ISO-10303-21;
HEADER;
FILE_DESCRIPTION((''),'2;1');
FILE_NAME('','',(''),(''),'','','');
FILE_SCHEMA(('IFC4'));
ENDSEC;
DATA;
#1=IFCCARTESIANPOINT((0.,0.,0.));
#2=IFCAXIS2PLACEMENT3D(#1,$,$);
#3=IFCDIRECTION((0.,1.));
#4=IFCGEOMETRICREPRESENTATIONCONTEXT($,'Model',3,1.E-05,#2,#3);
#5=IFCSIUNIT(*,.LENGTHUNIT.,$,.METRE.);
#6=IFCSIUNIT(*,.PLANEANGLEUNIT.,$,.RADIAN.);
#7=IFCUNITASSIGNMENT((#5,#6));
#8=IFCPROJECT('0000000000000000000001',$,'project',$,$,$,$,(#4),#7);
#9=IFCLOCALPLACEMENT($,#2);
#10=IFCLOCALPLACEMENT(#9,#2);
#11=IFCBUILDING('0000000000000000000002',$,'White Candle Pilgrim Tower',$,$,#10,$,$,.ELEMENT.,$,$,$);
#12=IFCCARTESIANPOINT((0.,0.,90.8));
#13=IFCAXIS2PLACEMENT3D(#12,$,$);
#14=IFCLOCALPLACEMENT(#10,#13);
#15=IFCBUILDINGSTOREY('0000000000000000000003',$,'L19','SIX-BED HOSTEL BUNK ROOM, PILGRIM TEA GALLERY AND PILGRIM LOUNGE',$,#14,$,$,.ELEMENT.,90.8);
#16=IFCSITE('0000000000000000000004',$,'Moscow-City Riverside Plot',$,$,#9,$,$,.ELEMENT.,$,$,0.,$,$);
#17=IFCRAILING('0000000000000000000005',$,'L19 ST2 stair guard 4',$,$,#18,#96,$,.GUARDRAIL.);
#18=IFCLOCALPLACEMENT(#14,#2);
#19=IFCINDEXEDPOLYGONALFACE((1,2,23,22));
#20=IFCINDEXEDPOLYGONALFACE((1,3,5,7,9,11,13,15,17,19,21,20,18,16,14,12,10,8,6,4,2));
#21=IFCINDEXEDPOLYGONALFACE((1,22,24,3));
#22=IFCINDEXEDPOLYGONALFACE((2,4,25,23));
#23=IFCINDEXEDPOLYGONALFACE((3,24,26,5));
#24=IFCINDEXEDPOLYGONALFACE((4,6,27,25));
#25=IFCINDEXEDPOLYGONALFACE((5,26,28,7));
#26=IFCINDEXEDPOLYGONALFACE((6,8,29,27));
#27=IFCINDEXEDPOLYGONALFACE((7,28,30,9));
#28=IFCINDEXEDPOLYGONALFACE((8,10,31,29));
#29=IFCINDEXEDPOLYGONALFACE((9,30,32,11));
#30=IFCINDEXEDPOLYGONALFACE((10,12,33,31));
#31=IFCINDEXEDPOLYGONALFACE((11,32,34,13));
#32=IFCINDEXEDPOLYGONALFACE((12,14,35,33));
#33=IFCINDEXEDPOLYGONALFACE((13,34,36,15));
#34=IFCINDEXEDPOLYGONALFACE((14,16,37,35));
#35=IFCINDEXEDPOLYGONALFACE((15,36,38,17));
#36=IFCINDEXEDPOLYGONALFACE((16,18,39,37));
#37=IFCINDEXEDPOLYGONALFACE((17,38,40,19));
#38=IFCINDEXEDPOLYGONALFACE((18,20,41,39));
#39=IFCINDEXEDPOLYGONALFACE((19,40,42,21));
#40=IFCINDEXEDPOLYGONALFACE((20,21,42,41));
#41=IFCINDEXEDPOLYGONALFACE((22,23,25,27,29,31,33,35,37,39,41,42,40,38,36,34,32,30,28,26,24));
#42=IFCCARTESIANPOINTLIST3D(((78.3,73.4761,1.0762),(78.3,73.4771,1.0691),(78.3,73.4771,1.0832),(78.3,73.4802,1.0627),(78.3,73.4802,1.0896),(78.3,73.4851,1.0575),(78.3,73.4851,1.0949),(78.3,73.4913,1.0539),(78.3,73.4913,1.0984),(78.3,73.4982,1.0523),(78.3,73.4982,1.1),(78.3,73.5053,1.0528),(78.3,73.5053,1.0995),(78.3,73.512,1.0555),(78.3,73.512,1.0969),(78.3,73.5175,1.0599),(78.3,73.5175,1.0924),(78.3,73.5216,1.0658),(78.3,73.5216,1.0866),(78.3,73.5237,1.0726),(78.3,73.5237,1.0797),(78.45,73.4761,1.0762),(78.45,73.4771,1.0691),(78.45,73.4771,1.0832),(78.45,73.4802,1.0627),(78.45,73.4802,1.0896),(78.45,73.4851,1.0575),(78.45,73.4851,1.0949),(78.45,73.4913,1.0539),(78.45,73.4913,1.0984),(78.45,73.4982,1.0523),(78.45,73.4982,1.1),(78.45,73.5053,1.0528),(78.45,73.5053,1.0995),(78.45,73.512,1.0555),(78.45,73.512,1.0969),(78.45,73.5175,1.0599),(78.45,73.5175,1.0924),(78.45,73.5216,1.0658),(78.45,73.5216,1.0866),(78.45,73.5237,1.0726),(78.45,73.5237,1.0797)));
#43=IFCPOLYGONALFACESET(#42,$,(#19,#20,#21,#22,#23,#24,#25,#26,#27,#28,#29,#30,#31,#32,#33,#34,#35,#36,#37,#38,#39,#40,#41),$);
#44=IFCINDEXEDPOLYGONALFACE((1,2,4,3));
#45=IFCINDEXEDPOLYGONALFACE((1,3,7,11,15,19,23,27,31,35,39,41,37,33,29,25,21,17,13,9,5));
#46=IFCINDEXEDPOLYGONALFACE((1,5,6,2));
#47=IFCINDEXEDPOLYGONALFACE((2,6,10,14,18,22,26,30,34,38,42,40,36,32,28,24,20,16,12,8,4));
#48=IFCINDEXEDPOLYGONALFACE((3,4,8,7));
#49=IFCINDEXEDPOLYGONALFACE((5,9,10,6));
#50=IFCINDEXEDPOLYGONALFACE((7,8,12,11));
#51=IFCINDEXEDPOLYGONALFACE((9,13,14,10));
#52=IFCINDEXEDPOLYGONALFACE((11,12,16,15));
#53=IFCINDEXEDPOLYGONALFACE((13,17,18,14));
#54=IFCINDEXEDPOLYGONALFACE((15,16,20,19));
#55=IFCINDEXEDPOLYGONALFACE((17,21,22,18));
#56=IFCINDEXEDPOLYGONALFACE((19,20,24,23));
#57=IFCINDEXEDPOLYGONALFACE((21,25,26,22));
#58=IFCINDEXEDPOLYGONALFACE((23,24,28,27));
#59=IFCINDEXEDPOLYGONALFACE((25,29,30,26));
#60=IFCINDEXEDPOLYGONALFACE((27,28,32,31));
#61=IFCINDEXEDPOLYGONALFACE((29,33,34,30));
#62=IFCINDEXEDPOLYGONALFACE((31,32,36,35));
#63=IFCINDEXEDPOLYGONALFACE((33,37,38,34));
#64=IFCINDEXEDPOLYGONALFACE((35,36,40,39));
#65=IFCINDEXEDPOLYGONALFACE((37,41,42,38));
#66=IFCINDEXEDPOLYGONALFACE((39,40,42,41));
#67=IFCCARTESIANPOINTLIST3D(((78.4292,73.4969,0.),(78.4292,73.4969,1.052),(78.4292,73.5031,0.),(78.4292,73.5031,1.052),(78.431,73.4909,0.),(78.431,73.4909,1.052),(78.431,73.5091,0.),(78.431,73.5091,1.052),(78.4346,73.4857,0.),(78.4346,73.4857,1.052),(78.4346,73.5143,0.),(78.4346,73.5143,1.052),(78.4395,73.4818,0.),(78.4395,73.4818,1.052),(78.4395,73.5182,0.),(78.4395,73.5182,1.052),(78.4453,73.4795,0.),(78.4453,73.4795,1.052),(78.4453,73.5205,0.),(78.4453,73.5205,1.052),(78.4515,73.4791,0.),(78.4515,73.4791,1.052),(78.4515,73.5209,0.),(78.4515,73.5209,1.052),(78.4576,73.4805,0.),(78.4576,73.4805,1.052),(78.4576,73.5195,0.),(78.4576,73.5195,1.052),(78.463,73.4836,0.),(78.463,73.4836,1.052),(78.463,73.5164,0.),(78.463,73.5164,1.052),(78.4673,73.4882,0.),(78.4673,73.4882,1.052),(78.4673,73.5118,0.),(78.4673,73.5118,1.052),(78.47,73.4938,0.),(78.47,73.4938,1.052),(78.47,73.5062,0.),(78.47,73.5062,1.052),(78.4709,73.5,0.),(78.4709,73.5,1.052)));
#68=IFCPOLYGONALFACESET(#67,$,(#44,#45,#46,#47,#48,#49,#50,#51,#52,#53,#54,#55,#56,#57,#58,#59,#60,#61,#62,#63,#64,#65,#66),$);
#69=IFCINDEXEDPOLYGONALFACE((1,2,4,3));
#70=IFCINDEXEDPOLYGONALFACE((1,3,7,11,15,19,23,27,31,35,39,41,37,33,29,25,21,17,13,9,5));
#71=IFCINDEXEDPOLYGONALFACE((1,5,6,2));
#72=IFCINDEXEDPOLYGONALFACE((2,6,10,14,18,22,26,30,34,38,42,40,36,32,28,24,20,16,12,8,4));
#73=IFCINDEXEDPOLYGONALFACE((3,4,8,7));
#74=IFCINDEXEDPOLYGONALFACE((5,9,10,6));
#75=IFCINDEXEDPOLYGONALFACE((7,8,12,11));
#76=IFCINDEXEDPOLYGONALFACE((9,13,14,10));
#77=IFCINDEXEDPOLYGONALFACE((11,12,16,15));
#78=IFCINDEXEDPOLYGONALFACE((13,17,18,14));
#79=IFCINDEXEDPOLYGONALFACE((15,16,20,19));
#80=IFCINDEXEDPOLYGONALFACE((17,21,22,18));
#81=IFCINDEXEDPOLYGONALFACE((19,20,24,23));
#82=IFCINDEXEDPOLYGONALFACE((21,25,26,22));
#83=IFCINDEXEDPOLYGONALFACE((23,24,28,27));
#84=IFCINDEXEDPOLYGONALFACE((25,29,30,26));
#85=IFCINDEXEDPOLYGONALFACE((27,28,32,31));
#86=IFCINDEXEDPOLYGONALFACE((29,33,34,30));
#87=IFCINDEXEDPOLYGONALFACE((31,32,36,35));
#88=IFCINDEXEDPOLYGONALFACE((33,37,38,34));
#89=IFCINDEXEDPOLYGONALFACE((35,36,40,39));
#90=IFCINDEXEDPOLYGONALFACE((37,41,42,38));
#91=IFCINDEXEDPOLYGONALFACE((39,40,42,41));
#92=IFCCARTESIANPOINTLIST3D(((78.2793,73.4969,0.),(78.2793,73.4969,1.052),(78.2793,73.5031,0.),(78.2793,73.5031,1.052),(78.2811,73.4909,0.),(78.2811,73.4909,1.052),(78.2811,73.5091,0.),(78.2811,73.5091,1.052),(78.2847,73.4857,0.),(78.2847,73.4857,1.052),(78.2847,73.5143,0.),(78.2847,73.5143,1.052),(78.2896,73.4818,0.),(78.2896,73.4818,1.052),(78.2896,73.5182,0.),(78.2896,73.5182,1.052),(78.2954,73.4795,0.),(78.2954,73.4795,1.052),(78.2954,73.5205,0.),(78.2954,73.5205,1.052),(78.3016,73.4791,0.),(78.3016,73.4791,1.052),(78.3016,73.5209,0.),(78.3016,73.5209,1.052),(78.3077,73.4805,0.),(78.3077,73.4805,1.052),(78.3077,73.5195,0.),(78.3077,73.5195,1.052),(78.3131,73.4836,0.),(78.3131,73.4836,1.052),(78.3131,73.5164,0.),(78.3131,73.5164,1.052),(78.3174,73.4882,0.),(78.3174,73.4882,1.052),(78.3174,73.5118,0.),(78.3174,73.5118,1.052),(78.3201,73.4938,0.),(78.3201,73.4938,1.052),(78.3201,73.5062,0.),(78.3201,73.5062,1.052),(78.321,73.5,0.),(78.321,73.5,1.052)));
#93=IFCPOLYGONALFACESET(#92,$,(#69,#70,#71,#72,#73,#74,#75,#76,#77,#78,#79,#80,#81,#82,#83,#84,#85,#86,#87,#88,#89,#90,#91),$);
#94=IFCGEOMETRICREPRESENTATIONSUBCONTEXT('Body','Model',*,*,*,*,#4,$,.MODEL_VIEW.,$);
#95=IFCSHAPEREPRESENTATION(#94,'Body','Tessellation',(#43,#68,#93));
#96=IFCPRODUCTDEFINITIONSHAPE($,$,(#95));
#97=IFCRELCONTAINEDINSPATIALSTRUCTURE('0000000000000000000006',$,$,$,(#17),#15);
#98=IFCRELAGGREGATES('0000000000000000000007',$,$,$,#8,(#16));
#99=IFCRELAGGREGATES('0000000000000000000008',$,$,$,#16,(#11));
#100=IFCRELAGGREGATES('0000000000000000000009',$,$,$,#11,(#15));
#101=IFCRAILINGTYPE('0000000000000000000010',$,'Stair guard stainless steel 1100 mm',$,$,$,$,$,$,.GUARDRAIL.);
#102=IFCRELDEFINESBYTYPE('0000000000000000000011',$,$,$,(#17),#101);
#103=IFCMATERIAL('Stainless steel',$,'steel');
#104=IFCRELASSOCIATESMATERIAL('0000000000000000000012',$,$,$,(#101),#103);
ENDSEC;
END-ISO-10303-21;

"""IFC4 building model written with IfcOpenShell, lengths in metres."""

from ifc_helpers import new_model, si_unit, direction, frame, origin, origin_2d, place, context, subcontext, project, spatial, circle, extrude, material, type_object, element, save


model = new_model("IFC4")

# Units and contexts
model_context = context("Model", 3, precision=1e-05, world=origin(), true_north=direction((0.0, 1.0)))
body_context = subcontext(model_context, "Body", "Model", "MODEL_VIEW")
ifc_project = project(units=[si_unit("LENGTHUNIT", "METRE"), si_unit("PLANEANGLEUNIT", "RADIAN")], contexts=[model_context])

# Site, building, storey
site_placement = place(None, origin())
site = spatial("IfcSite", under=ifc_project, at=site_placement, Name="Moscow-City Riverside Plot", CompositionType="ELEMENT", RefElevation=0.0)
building_placement = place(site_placement, origin())
building = spatial("IfcBuilding", under=site, at=building_placement, Name="White Candle Pilgrim Tower", CompositionType="ELEMENT")
storey_placement = place(building_placement, frame((0.0, 0.0, 90.8)))
storey = spatial("IfcBuildingStorey", under=building, at=storey_placement, Name="L19", Description="SIX-BED HOSTEL BUNK ROOM, PILGRIM TEA GALLERY AND PILGRIM LOUNGE", CompositionType="ELEMENT", Elevation=90.8)

# Railing
ifc_material_1 = material(Name="Stainless steel", Category="steel")
railing_type_1 = type_object("IfcRailingType", Name="Stair guard stainless steel 1100 mm", PredefinedType="GUARDRAIL", material=ifc_material_1)
railing_1_placement = place(storey_placement, frame((78.45, 73.5, 0.0)))
element("IfcRailing", 1, at=railing_1_placement, inside=storey, type_object=railing_type_1, Name="L19 ST2 stair guard 4", PredefinedType="GUARDRAIL", context=body_context, shape_type="SweptSolid", body=[
    extrude(circle(Radius=0.0239, at=origin_2d()), frame((0.0, 0.0, 1.0762), z_axis=(-1.0, 0.0, 0.0), x_axis=(0.0, -1.0, 0.0)), (0.0, 0.0, 1.0), 0.1499),
    extrude(circle(Radius=0.021, at=origin_2d()), origin(), (0.0, 0.0, 1.0), 1.052),
    extrude(circle(Radius=0.021, at=origin_2d()), frame((-0.1499, 0.0, 0.0)), (0.0, 0.0, 1.0), 1.052),
])

save(model, "model.ifc")
